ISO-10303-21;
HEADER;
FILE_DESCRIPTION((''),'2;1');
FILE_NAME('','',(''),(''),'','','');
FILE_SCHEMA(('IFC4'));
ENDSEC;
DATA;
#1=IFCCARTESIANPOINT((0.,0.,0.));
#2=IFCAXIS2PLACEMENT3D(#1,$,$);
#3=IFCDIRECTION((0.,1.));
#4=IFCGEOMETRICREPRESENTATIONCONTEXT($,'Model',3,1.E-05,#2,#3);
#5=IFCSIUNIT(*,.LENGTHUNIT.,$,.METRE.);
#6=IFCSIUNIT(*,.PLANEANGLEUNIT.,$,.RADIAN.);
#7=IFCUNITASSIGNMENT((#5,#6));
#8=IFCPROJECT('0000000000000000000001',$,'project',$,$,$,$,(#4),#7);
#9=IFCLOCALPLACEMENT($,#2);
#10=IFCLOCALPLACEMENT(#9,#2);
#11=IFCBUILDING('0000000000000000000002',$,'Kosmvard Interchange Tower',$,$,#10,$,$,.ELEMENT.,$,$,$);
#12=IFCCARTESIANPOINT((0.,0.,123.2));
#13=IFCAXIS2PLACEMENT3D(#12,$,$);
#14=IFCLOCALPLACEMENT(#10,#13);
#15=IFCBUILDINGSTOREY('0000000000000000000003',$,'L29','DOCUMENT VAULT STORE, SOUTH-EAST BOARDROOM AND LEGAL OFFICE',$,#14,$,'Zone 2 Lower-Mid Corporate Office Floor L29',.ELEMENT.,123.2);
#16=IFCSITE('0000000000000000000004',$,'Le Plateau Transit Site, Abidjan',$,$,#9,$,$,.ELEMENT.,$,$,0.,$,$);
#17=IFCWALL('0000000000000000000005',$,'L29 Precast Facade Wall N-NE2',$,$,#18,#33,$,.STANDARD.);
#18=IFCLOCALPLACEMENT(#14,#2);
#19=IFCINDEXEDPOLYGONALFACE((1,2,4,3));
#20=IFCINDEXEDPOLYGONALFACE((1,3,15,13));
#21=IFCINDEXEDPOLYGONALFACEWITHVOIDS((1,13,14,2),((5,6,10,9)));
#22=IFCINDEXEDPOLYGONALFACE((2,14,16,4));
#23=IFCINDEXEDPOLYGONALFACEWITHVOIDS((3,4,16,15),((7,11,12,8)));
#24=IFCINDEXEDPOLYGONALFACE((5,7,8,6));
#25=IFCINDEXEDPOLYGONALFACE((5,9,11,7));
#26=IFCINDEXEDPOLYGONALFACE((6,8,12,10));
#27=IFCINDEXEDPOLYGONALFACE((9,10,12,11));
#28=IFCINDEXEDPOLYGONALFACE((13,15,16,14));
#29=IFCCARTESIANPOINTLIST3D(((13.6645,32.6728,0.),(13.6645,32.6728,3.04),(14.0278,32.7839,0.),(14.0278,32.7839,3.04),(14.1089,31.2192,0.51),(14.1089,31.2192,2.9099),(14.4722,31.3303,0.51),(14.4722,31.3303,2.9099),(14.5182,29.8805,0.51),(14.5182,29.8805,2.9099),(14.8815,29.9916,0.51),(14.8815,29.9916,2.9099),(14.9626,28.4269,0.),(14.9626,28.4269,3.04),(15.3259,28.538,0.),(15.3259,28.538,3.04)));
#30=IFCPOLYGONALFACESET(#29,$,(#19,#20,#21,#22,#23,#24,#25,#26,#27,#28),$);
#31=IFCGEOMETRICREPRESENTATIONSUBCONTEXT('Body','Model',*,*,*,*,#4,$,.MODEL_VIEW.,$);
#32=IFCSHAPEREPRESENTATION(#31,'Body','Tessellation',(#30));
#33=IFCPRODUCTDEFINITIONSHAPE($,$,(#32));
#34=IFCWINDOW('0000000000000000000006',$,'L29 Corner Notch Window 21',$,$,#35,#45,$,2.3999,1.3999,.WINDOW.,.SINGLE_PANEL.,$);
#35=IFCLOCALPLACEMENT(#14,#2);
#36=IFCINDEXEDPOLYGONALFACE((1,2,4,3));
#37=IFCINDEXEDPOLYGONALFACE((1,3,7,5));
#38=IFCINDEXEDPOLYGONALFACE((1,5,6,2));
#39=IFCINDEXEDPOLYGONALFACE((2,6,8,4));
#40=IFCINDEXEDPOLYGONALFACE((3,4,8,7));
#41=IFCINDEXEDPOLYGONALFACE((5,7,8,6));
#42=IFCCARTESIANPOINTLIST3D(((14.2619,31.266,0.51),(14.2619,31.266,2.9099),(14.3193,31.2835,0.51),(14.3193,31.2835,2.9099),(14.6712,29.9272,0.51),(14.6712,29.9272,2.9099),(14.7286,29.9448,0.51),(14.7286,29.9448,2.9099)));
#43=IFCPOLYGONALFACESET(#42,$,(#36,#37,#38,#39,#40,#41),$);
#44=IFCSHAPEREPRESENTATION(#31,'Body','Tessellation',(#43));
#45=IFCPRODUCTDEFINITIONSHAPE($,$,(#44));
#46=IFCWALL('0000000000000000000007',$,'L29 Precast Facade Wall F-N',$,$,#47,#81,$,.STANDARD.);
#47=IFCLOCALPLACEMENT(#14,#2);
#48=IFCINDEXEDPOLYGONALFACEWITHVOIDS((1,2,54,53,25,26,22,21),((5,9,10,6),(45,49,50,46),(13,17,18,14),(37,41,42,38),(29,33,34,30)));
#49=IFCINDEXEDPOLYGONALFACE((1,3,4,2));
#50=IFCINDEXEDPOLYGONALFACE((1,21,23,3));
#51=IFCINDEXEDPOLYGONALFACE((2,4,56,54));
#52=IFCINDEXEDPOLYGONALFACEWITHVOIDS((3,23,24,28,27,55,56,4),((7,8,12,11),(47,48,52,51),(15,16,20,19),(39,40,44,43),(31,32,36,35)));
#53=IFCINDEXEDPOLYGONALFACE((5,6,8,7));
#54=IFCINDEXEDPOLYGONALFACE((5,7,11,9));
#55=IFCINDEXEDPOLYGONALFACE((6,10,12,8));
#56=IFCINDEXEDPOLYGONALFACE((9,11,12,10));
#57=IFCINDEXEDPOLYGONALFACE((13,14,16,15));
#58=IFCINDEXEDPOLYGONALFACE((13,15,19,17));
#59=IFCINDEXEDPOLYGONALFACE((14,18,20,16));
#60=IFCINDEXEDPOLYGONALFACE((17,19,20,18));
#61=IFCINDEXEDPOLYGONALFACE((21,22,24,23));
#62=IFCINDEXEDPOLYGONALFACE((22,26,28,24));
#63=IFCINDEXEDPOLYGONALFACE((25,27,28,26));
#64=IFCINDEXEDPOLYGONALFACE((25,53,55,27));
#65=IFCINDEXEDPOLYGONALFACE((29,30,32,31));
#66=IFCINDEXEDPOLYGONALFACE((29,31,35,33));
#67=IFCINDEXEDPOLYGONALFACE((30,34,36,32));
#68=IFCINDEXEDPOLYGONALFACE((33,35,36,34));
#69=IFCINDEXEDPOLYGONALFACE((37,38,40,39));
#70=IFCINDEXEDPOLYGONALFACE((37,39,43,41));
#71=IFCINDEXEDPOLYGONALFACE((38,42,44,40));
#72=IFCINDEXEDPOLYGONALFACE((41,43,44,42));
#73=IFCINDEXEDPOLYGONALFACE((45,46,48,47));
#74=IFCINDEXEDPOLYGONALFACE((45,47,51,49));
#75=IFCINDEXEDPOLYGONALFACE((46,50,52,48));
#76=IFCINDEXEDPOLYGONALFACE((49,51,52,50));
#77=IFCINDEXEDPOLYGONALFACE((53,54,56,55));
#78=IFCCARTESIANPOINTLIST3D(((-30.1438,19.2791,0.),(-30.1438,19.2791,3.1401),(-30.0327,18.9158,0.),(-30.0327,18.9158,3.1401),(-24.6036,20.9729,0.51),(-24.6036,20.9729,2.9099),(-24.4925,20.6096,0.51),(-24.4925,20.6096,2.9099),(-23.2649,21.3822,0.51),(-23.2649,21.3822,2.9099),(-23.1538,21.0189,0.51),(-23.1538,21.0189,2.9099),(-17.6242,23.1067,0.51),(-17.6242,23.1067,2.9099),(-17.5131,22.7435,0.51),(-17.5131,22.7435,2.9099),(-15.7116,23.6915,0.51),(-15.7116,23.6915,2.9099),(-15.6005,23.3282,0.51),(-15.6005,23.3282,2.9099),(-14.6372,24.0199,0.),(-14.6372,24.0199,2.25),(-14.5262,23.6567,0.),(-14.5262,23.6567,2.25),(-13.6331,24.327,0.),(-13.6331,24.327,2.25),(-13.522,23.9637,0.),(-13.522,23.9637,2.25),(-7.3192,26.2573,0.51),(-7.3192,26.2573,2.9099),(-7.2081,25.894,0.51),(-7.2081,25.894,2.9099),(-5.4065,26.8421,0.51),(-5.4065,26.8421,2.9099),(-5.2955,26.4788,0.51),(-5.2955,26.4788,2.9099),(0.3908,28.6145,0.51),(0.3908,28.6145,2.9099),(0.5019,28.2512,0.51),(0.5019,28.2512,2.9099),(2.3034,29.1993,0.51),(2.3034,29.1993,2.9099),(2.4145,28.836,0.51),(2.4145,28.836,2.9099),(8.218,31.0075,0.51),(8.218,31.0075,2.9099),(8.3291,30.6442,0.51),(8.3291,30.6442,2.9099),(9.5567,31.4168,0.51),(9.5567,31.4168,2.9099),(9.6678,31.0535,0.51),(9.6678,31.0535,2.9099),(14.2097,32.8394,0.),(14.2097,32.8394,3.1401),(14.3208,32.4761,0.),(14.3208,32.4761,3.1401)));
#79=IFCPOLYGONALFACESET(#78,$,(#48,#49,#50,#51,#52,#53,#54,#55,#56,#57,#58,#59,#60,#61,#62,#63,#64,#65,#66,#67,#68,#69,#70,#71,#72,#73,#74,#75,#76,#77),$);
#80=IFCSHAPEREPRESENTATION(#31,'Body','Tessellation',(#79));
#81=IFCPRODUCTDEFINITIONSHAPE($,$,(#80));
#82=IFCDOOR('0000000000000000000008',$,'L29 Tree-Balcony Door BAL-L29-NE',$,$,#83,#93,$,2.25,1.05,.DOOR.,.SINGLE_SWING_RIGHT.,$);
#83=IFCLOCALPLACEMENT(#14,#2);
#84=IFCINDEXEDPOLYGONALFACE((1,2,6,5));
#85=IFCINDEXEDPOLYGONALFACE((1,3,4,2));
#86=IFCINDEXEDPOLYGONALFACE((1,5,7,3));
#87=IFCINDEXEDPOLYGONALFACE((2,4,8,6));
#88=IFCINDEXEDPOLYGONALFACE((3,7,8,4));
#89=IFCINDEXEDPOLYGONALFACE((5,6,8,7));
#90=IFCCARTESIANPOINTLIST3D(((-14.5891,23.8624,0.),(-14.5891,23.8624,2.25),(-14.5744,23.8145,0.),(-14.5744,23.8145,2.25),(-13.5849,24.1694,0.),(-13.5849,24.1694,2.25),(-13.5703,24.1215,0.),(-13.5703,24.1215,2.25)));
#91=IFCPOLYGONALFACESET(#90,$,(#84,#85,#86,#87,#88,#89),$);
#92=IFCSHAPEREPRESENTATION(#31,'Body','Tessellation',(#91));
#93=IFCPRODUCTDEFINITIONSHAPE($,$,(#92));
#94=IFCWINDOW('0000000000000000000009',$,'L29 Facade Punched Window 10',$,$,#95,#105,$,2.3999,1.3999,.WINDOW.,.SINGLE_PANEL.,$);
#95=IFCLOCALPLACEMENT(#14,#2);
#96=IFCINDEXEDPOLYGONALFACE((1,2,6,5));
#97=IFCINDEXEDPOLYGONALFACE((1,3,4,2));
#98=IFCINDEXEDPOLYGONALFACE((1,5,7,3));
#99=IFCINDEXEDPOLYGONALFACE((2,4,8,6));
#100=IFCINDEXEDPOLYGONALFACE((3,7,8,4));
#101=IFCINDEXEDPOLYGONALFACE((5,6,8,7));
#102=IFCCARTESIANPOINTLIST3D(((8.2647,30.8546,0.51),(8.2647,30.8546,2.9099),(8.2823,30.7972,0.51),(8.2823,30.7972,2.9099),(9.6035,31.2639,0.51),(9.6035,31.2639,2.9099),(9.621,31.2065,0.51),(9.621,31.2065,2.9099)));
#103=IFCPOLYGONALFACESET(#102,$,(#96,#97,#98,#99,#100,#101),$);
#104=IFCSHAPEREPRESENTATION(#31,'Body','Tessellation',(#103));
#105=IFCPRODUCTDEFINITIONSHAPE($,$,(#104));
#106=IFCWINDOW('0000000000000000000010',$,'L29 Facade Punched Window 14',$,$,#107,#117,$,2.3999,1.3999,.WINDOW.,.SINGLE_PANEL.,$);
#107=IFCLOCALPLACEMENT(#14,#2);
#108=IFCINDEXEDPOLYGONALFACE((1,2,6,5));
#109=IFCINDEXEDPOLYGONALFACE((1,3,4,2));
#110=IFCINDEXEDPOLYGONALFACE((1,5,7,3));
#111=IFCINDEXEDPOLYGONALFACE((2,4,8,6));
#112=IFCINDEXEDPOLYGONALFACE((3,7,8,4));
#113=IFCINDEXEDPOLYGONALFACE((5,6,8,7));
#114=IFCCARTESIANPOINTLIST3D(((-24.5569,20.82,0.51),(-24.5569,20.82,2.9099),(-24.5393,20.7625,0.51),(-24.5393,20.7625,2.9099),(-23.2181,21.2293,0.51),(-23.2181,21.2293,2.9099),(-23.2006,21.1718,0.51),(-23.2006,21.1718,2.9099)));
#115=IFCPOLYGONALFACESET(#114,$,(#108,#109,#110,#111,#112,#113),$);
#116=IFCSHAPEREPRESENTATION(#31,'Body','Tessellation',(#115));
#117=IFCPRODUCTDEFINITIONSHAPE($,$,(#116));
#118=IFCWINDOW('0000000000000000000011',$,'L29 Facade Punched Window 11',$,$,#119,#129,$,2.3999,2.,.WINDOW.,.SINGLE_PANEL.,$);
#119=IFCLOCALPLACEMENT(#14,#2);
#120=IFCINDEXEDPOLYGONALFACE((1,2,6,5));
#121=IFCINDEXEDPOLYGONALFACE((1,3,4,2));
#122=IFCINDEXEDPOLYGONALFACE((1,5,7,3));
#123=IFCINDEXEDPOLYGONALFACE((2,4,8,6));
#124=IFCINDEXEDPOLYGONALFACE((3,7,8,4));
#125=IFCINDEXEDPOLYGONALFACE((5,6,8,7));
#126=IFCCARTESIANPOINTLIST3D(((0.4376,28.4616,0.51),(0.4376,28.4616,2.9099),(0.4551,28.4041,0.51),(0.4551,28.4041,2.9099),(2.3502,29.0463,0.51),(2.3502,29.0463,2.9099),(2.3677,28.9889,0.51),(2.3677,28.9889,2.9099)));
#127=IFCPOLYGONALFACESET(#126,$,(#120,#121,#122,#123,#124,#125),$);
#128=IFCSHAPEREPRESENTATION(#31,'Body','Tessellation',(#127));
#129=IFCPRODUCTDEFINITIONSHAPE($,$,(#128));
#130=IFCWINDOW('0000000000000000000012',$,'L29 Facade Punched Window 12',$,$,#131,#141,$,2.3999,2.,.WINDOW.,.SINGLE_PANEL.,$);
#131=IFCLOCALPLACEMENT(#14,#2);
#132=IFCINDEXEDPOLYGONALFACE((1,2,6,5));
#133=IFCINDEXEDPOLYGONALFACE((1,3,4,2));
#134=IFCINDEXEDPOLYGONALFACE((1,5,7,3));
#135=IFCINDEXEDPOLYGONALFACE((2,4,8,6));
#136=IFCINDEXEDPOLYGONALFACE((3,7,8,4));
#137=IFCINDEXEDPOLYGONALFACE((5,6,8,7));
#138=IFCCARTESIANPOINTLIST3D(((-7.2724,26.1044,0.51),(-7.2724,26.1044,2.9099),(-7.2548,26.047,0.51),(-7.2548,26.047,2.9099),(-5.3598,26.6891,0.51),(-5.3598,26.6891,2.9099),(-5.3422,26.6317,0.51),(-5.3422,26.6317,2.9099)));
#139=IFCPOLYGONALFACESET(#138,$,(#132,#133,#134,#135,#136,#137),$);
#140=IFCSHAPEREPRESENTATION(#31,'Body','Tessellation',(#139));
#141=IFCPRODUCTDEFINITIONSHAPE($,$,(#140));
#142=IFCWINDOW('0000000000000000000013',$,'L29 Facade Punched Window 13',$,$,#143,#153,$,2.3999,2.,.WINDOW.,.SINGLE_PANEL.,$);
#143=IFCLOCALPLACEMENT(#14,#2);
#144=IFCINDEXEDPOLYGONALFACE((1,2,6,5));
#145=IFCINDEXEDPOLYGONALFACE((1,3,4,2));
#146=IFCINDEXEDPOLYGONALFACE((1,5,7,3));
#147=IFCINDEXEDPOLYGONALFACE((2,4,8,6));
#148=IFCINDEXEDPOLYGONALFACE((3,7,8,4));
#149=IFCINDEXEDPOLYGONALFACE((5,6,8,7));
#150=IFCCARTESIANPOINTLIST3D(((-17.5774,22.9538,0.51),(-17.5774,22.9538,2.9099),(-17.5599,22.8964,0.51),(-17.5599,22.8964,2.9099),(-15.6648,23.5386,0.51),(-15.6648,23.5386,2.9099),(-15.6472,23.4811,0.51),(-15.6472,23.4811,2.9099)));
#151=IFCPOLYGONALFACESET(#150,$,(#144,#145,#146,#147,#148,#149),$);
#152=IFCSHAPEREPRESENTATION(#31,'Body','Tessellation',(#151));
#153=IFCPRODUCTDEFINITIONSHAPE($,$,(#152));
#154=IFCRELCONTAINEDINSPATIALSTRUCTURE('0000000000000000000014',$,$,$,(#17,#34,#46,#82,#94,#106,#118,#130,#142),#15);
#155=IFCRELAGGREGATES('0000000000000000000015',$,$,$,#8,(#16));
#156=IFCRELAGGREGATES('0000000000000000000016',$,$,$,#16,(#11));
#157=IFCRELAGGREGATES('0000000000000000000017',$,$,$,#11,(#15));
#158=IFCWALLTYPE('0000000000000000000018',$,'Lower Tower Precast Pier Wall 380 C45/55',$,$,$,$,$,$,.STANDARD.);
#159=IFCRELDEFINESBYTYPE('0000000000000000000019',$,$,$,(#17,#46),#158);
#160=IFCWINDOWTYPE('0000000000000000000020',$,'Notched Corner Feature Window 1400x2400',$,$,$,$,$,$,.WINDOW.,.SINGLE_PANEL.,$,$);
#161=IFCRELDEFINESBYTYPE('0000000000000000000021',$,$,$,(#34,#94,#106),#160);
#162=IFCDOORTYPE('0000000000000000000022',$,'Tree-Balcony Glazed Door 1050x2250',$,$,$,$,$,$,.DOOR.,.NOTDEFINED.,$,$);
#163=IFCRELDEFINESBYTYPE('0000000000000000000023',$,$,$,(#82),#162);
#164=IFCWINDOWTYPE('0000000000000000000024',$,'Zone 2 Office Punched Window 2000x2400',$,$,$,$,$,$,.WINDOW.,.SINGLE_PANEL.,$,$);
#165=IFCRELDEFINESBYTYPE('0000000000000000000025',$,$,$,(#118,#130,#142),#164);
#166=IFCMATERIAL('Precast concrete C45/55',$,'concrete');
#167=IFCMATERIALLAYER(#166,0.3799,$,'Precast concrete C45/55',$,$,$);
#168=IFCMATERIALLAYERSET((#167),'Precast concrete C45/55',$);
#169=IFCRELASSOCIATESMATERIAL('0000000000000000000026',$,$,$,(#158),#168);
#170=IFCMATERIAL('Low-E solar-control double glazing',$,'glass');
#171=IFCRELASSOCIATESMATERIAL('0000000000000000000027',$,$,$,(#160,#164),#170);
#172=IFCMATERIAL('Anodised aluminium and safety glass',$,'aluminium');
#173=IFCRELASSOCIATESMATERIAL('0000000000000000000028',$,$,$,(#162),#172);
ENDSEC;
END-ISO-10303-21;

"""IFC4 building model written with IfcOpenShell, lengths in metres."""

from ifc_helpers import new_model, si_unit, direction, frame, frame_2d, origin, place, context, subcontext, project, spatial, rectangle, extrude, source, transform, mapped, material, layer, layer_set, type_object, element, fill, save


model = new_model("IFC4")

# Units and contexts
model_context = context("Model", 3, precision=1e-05, world=origin(), true_north=direction((0.0, 1.0)))
body_context = subcontext(model_context, "Body", "Model", "MODEL_VIEW")
ifc_project = project(units=[si_unit("LENGTHUNIT", "METRE"), si_unit("PLANEANGLEUNIT", "RADIAN")], contexts=[model_context])

# Site, building, storey
site_placement = place(None, origin())
site = spatial("IfcSite", under=ifc_project, at=site_placement, Name="Le Plateau Transit Site, Abidjan", CompositionType="ELEMENT", RefElevation=0.0)
building_placement = place(site_placement, origin())
building = spatial("IfcBuilding", under=site, at=building_placement, Name="Kosmvard Interchange Tower", CompositionType="ELEMENT")
storey_placement = place(building_placement, frame((0.0, 0.0, 123.2)))
storey = spatial("IfcBuildingStorey", under=building, at=storey_placement, Name="L29", Description="DOCUMENT VAULT STORE, SOUTH-EAST BOARDROOM AND LEGAL OFFICE", LongName="Zone 2 Lower-Mid Corporate Office Floor L29", CompositionType="ELEMENT", Elevation=123.2)

# Shared definitions
ifc_material_1 = material(Name="Precast concrete C45/55", Category="concrete")

# Shared definitions
ifc_layer_1 = layer(ifc_material_1, 0.3799, Name="Precast concrete C45/55")
ifc_layer_set_1 = layer_set([ifc_layer_1], Name="Precast concrete C45/55")
wall_type_1 = type_object("IfcWallType", Name="Lower Tower Precast Pier Wall 380 C45/55", PredefinedType="STANDARD", material=ifc_layer_set_1)

# Wall, opening, window
wall_1_placement = place(storey_placement, frame((15.1443, 28.4824, 0.0), z_axis=(0.0, 0.0, 1.0), x_axis=(-0.292374, 0.956304, 0.0)))
wall_1 = element("IfcWall", 1, at=wall_1_placement, inside=storey, type_object=wall_type_1, Name="L29 Precast Facade Wall N-NE2", PredefinedType="STANDARD", context=body_context, shape_type="SweptSolid", body=[
    extrude(rectangle(XDim=4.4399, YDim=0.3799, at=frame_2d((2.22, 0.0))), origin(), (0.0, 0.0, 1.0), 3.04),
])
opening_1_placement = place(wall_1_placement, frame((1.52, 0.0, 0.51)))
opening_1 = element("IfcOpeningElement", 2, at=opening_1_placement, cuts=wall_1, PredefinedType="OPENING", context=body_context, shape_type="SweptSolid", body=[
    extrude(rectangle(XDim=1.3999, YDim=2.3999, at=frame_2d((0.7, 1.2))), frame((0.0, 0.2, 0.0), z_axis=(0.0, -1.0, 0.0), x_axis=(1.0, 0.0, 0.0)), (0.0, 0.0, 1.0), 0.3999),
])
ifc_material_2 = material(Name="Low-E solar-control double glazing", Category="glass")
window_type_1 = type_object("IfcWindowType", Name="Notched Corner Feature Window 1400x2400", PartitioningType="SINGLE_PANEL", PredefinedType="WINDOW", material=ifc_material_2)
shared_shape_1 = source(origin(), body_context, "Body", "SweptSolid", [
    extrude(rectangle(XDim=1.3999, YDim=2.3999, at=frame_2d((0.7, 1.2))), frame((0.0, 0.03, 0.0), z_axis=(0.0, -1.0, 0.0), x_axis=(1.0, 0.0, 0.0)), (0.0, 0.0, 1.0), 0.0601),
])
window_1_placement = place(opening_1_placement, origin())
window_1 = element("IfcWindow", 3, at=window_1_placement, inside=storey, type_object=window_type_1, Name="L29 Corner Notch Window 21", OverallHeight=2.3999, OverallWidth=1.3999, PartitioningType="SINGLE_PANEL", PredefinedType="WINDOW", context=body_context, shape_type="MappedRepresentation", body=[
    mapped(shared_shape_1, transform((0.0, 0.0, 0.0), scale=1.0)),
])
fill(opening_1, window_1)

# Wall, openings, door, windows
wall_2_placement = place(storey_placement, frame((14.2651, 32.6577, 0.0), z_axis=(0.0, 0.0, 1.0), x_axis=(-0.956304, -0.292373, 0.0)))
wall_2 = element("IfcWall", 4, at=wall_2_placement, inside=storey, type_object=wall_type_1, Name="L29 Precast Facade Wall F-N", PredefinedType="STANDARD", context=body_context, shape_type="SweptSolid", body=[
    extrude(rectangle(XDim=46.3801, YDim=0.3799, at=frame_2d((23.1899, 0.0))), origin(), (0.0, 0.0, 1.0), 3.1401),
])
opening_2_placement = place(wall_2_placement, frame((29.115, 0.0, 0.0)))
opening_2 = element("IfcOpeningElement", 5, at=opening_2_placement, cuts=wall_2, PredefinedType="OPENING", context=body_context, shape_type="SweptSolid", body=[
    extrude(rectangle(XDim=1.05, YDim=2.25, at=frame_2d((0.5249, 1.125))), frame((0.0, 0.2, 0.0), z_axis=(0.0, -1.0, 0.0), x_axis=(1.0, 0.0, 0.0)), (0.0, 0.0, 1.0), 0.3999),
])
opening_3_placement = place(wall_2_placement, frame((4.8655, 0.0, 0.51)))
opening_3 = element("IfcOpeningElement", 6, at=opening_3_placement, cuts=wall_2, PredefinedType="OPENING", context=body_context, shape_type="SweptSolid", body=[
    extrude(rectangle(XDim=1.3999, YDim=2.3999, at=frame_2d((0.7, 1.2))), frame((0.0, 0.2, 0.0), z_axis=(0.0, -1.0, 0.0), x_axis=(1.0, 0.0, 0.0)), (0.0, 0.0, 1.0), 0.3999),
])
opening_4_placement = place(wall_2_placement, frame((12.4502, 0.0, 0.51)))
opening_4 = element("IfcOpeningElement", 7, at=opening_4_placement, cuts=wall_2, PredefinedType="OPENING", context=body_context, shape_type="SweptSolid", body=[
    extrude(rectangle(XDim=2.0, YDim=2.3999, at=frame_2d((1.0, 1.2))), frame((0.0, 0.2, 0.0), z_axis=(0.0, -1.0, 0.0), x_axis=(1.0, 0.0, 0.0)), (0.0, 0.0, 1.0), 0.3999),
])
opening_5_placement = place(wall_2_placement, frame((20.5125, 0.0, 0.51)))
opening_5 = element("IfcOpeningElement", 8, at=opening_5_placement, cuts=wall_2, PredefinedType="OPENING", context=body_context, shape_type="SweptSolid", body=[
    extrude(rectangle(XDim=2.0, YDim=2.3999, at=frame_2d((1.0, 1.2))), frame((0.0, 0.2, 0.0), z_axis=(0.0, -1.0, 0.0), x_axis=(1.0, 0.0, 0.0)), (0.0, 0.0, 1.0), 0.3999),
])
opening_6_placement = place(wall_2_placement, frame((31.2883, 0.0, 0.51)))
opening_6 = element("IfcOpeningElement", 9, at=opening_6_placement, cuts=wall_2, PredefinedType="OPENING", context=body_context, shape_type="SweptSolid", body=[
    extrude(rectangle(XDim=2.0, YDim=2.3999, at=frame_2d((1.0, 1.2))), frame((0.0, 0.2, 0.0), z_axis=(0.0, -1.0, 0.0), x_axis=(1.0, 0.0, 0.0)), (0.0, 0.0, 1.0), 0.3999),
])
opening_7_placement = place(wall_2_placement, frame((39.1868, 0.0, 0.51)))
opening_7 = element("IfcOpeningElement", 10, at=opening_7_placement, cuts=wall_2, PredefinedType="OPENING", context=body_context, shape_type="SweptSolid", body=[
    extrude(rectangle(XDim=1.3999, YDim=2.3999, at=frame_2d((0.7, 1.2))), frame((0.0, 0.2, 0.0), z_axis=(0.0, -1.0, 0.0), x_axis=(1.0, 0.0, 0.0)), (0.0, 0.0, 1.0), 0.3999),
])
ifc_material_3 = material(Name="Anodised aluminium and safety glass", Category="aluminium")
door_type = type_object("IfcDoorType", Name="Tree-Balcony Glazed Door 1050x2250", OperationType="NOTDEFINED", PredefinedType="DOOR", material=ifc_material_3)
shared_shape_2 = source(origin(), body_context, "Body", "SweptSolid", [
    extrude(rectangle(XDim=1.05, YDim=2.25, at=frame_2d((0.5249, 1.125))), frame((0.0, 0.0249, 0.0), z_axis=(0.0, -1.0, 0.0), x_axis=(1.0, 0.0, 0.0)), (0.0, 0.0, 1.0), 0.05),
])
door_placement = place(opening_2_placement, origin())
door = element("IfcDoor", 11, at=door_placement, inside=storey, type_object=door_type, Name="L29 Tree-Balcony Door BAL-L29-NE", OperationType="SINGLE_SWING_RIGHT", OverallHeight=2.25, OverallWidth=1.05, PredefinedType="DOOR", context=body_context, shape_type="MappedRepresentation", body=[
    mapped(shared_shape_2, transform((0.0, 0.0, 0.0), scale=1.0)),
])
fill(opening_2, door)
window_2_placement = place(opening_3_placement, origin())
window_2 = element("IfcWindow", 12, at=window_2_placement, inside=storey, type_object=window_type_1, Name="L29 Facade Punched Window 10", OverallHeight=2.3999, OverallWidth=1.3999, PartitioningType="SINGLE_PANEL", PredefinedType="WINDOW", context=body_context, shape_type="MappedRepresentation", body=[
    mapped(shared_shape_1, transform((0.0, 0.0, 0.0), scale=1.0)),
])
fill(opening_3, window_2)
window_3_placement = place(opening_7_placement, origin())
window_3 = element("IfcWindow", 13, at=window_3_placement, inside=storey, type_object=window_type_1, Name="L29 Facade Punched Window 14", OverallHeight=2.3999, OverallWidth=1.3999, PartitioningType="SINGLE_PANEL", PredefinedType="WINDOW", context=body_context, shape_type="MappedRepresentation", body=[
    mapped(shared_shape_1, transform((0.0, 0.0, 0.0), scale=1.0)),
])
fill(opening_7, window_3)
window_type_2 = type_object("IfcWindowType", Name="Zone 2 Office Punched Window 2000x2400", PartitioningType="SINGLE_PANEL", PredefinedType="WINDOW", material=ifc_material_2)
shared_shape_3 = source(origin(), body_context, "Body", "SweptSolid", [
    extrude(rectangle(XDim=2.0, YDim=2.3999, at=frame_2d((1.0, 1.2))), frame((0.0, 0.03, 0.0), z_axis=(0.0, -1.0, 0.0), x_axis=(1.0, 0.0, 0.0)), (0.0, 0.0, 1.0), 0.0601),
])
window_4_placement = place(opening_4_placement, origin())
window_4 = element("IfcWindow", 14, at=window_4_placement, inside=storey, type_object=window_type_2, Name="L29 Facade Punched Window 11", OverallHeight=2.3999, OverallWidth=2.0, PartitioningType="SINGLE_PANEL", PredefinedType="WINDOW", context=body_context, shape_type="MappedRepresentation", body=[
    mapped(shared_shape_3, transform((0.0, 0.0, 0.0), scale=1.0)),
])
fill(opening_4, window_4)
window_5_placement = place(opening_5_placement, origin())
window_5 = element("IfcWindow", 15, at=window_5_placement, inside=storey, type_object=window_type_2, Name="L29 Facade Punched Window 12", OverallHeight=2.3999, OverallWidth=2.0, PartitioningType="SINGLE_PANEL", PredefinedType="WINDOW", context=body_context, shape_type="MappedRepresentation", body=[
    mapped(shared_shape_3, transform((0.0, 0.0, 0.0), scale=1.0)),
])
fill(opening_5, window_5)
window_6_placement = place(opening_6_placement, origin())
window_6 = element("IfcWindow", 16, at=window_6_placement, inside=storey, type_object=window_type_2, Name="L29 Facade Punched Window 13", OverallHeight=2.3999, OverallWidth=2.0, PartitioningType="SINGLE_PANEL", PredefinedType="WINDOW", context=body_context, shape_type="MappedRepresentation", body=[
    mapped(shared_shape_3, transform((0.0, 0.0, 0.0), scale=1.0)),
])
fill(opening_6, window_6)

save(model, "model.ifc")
